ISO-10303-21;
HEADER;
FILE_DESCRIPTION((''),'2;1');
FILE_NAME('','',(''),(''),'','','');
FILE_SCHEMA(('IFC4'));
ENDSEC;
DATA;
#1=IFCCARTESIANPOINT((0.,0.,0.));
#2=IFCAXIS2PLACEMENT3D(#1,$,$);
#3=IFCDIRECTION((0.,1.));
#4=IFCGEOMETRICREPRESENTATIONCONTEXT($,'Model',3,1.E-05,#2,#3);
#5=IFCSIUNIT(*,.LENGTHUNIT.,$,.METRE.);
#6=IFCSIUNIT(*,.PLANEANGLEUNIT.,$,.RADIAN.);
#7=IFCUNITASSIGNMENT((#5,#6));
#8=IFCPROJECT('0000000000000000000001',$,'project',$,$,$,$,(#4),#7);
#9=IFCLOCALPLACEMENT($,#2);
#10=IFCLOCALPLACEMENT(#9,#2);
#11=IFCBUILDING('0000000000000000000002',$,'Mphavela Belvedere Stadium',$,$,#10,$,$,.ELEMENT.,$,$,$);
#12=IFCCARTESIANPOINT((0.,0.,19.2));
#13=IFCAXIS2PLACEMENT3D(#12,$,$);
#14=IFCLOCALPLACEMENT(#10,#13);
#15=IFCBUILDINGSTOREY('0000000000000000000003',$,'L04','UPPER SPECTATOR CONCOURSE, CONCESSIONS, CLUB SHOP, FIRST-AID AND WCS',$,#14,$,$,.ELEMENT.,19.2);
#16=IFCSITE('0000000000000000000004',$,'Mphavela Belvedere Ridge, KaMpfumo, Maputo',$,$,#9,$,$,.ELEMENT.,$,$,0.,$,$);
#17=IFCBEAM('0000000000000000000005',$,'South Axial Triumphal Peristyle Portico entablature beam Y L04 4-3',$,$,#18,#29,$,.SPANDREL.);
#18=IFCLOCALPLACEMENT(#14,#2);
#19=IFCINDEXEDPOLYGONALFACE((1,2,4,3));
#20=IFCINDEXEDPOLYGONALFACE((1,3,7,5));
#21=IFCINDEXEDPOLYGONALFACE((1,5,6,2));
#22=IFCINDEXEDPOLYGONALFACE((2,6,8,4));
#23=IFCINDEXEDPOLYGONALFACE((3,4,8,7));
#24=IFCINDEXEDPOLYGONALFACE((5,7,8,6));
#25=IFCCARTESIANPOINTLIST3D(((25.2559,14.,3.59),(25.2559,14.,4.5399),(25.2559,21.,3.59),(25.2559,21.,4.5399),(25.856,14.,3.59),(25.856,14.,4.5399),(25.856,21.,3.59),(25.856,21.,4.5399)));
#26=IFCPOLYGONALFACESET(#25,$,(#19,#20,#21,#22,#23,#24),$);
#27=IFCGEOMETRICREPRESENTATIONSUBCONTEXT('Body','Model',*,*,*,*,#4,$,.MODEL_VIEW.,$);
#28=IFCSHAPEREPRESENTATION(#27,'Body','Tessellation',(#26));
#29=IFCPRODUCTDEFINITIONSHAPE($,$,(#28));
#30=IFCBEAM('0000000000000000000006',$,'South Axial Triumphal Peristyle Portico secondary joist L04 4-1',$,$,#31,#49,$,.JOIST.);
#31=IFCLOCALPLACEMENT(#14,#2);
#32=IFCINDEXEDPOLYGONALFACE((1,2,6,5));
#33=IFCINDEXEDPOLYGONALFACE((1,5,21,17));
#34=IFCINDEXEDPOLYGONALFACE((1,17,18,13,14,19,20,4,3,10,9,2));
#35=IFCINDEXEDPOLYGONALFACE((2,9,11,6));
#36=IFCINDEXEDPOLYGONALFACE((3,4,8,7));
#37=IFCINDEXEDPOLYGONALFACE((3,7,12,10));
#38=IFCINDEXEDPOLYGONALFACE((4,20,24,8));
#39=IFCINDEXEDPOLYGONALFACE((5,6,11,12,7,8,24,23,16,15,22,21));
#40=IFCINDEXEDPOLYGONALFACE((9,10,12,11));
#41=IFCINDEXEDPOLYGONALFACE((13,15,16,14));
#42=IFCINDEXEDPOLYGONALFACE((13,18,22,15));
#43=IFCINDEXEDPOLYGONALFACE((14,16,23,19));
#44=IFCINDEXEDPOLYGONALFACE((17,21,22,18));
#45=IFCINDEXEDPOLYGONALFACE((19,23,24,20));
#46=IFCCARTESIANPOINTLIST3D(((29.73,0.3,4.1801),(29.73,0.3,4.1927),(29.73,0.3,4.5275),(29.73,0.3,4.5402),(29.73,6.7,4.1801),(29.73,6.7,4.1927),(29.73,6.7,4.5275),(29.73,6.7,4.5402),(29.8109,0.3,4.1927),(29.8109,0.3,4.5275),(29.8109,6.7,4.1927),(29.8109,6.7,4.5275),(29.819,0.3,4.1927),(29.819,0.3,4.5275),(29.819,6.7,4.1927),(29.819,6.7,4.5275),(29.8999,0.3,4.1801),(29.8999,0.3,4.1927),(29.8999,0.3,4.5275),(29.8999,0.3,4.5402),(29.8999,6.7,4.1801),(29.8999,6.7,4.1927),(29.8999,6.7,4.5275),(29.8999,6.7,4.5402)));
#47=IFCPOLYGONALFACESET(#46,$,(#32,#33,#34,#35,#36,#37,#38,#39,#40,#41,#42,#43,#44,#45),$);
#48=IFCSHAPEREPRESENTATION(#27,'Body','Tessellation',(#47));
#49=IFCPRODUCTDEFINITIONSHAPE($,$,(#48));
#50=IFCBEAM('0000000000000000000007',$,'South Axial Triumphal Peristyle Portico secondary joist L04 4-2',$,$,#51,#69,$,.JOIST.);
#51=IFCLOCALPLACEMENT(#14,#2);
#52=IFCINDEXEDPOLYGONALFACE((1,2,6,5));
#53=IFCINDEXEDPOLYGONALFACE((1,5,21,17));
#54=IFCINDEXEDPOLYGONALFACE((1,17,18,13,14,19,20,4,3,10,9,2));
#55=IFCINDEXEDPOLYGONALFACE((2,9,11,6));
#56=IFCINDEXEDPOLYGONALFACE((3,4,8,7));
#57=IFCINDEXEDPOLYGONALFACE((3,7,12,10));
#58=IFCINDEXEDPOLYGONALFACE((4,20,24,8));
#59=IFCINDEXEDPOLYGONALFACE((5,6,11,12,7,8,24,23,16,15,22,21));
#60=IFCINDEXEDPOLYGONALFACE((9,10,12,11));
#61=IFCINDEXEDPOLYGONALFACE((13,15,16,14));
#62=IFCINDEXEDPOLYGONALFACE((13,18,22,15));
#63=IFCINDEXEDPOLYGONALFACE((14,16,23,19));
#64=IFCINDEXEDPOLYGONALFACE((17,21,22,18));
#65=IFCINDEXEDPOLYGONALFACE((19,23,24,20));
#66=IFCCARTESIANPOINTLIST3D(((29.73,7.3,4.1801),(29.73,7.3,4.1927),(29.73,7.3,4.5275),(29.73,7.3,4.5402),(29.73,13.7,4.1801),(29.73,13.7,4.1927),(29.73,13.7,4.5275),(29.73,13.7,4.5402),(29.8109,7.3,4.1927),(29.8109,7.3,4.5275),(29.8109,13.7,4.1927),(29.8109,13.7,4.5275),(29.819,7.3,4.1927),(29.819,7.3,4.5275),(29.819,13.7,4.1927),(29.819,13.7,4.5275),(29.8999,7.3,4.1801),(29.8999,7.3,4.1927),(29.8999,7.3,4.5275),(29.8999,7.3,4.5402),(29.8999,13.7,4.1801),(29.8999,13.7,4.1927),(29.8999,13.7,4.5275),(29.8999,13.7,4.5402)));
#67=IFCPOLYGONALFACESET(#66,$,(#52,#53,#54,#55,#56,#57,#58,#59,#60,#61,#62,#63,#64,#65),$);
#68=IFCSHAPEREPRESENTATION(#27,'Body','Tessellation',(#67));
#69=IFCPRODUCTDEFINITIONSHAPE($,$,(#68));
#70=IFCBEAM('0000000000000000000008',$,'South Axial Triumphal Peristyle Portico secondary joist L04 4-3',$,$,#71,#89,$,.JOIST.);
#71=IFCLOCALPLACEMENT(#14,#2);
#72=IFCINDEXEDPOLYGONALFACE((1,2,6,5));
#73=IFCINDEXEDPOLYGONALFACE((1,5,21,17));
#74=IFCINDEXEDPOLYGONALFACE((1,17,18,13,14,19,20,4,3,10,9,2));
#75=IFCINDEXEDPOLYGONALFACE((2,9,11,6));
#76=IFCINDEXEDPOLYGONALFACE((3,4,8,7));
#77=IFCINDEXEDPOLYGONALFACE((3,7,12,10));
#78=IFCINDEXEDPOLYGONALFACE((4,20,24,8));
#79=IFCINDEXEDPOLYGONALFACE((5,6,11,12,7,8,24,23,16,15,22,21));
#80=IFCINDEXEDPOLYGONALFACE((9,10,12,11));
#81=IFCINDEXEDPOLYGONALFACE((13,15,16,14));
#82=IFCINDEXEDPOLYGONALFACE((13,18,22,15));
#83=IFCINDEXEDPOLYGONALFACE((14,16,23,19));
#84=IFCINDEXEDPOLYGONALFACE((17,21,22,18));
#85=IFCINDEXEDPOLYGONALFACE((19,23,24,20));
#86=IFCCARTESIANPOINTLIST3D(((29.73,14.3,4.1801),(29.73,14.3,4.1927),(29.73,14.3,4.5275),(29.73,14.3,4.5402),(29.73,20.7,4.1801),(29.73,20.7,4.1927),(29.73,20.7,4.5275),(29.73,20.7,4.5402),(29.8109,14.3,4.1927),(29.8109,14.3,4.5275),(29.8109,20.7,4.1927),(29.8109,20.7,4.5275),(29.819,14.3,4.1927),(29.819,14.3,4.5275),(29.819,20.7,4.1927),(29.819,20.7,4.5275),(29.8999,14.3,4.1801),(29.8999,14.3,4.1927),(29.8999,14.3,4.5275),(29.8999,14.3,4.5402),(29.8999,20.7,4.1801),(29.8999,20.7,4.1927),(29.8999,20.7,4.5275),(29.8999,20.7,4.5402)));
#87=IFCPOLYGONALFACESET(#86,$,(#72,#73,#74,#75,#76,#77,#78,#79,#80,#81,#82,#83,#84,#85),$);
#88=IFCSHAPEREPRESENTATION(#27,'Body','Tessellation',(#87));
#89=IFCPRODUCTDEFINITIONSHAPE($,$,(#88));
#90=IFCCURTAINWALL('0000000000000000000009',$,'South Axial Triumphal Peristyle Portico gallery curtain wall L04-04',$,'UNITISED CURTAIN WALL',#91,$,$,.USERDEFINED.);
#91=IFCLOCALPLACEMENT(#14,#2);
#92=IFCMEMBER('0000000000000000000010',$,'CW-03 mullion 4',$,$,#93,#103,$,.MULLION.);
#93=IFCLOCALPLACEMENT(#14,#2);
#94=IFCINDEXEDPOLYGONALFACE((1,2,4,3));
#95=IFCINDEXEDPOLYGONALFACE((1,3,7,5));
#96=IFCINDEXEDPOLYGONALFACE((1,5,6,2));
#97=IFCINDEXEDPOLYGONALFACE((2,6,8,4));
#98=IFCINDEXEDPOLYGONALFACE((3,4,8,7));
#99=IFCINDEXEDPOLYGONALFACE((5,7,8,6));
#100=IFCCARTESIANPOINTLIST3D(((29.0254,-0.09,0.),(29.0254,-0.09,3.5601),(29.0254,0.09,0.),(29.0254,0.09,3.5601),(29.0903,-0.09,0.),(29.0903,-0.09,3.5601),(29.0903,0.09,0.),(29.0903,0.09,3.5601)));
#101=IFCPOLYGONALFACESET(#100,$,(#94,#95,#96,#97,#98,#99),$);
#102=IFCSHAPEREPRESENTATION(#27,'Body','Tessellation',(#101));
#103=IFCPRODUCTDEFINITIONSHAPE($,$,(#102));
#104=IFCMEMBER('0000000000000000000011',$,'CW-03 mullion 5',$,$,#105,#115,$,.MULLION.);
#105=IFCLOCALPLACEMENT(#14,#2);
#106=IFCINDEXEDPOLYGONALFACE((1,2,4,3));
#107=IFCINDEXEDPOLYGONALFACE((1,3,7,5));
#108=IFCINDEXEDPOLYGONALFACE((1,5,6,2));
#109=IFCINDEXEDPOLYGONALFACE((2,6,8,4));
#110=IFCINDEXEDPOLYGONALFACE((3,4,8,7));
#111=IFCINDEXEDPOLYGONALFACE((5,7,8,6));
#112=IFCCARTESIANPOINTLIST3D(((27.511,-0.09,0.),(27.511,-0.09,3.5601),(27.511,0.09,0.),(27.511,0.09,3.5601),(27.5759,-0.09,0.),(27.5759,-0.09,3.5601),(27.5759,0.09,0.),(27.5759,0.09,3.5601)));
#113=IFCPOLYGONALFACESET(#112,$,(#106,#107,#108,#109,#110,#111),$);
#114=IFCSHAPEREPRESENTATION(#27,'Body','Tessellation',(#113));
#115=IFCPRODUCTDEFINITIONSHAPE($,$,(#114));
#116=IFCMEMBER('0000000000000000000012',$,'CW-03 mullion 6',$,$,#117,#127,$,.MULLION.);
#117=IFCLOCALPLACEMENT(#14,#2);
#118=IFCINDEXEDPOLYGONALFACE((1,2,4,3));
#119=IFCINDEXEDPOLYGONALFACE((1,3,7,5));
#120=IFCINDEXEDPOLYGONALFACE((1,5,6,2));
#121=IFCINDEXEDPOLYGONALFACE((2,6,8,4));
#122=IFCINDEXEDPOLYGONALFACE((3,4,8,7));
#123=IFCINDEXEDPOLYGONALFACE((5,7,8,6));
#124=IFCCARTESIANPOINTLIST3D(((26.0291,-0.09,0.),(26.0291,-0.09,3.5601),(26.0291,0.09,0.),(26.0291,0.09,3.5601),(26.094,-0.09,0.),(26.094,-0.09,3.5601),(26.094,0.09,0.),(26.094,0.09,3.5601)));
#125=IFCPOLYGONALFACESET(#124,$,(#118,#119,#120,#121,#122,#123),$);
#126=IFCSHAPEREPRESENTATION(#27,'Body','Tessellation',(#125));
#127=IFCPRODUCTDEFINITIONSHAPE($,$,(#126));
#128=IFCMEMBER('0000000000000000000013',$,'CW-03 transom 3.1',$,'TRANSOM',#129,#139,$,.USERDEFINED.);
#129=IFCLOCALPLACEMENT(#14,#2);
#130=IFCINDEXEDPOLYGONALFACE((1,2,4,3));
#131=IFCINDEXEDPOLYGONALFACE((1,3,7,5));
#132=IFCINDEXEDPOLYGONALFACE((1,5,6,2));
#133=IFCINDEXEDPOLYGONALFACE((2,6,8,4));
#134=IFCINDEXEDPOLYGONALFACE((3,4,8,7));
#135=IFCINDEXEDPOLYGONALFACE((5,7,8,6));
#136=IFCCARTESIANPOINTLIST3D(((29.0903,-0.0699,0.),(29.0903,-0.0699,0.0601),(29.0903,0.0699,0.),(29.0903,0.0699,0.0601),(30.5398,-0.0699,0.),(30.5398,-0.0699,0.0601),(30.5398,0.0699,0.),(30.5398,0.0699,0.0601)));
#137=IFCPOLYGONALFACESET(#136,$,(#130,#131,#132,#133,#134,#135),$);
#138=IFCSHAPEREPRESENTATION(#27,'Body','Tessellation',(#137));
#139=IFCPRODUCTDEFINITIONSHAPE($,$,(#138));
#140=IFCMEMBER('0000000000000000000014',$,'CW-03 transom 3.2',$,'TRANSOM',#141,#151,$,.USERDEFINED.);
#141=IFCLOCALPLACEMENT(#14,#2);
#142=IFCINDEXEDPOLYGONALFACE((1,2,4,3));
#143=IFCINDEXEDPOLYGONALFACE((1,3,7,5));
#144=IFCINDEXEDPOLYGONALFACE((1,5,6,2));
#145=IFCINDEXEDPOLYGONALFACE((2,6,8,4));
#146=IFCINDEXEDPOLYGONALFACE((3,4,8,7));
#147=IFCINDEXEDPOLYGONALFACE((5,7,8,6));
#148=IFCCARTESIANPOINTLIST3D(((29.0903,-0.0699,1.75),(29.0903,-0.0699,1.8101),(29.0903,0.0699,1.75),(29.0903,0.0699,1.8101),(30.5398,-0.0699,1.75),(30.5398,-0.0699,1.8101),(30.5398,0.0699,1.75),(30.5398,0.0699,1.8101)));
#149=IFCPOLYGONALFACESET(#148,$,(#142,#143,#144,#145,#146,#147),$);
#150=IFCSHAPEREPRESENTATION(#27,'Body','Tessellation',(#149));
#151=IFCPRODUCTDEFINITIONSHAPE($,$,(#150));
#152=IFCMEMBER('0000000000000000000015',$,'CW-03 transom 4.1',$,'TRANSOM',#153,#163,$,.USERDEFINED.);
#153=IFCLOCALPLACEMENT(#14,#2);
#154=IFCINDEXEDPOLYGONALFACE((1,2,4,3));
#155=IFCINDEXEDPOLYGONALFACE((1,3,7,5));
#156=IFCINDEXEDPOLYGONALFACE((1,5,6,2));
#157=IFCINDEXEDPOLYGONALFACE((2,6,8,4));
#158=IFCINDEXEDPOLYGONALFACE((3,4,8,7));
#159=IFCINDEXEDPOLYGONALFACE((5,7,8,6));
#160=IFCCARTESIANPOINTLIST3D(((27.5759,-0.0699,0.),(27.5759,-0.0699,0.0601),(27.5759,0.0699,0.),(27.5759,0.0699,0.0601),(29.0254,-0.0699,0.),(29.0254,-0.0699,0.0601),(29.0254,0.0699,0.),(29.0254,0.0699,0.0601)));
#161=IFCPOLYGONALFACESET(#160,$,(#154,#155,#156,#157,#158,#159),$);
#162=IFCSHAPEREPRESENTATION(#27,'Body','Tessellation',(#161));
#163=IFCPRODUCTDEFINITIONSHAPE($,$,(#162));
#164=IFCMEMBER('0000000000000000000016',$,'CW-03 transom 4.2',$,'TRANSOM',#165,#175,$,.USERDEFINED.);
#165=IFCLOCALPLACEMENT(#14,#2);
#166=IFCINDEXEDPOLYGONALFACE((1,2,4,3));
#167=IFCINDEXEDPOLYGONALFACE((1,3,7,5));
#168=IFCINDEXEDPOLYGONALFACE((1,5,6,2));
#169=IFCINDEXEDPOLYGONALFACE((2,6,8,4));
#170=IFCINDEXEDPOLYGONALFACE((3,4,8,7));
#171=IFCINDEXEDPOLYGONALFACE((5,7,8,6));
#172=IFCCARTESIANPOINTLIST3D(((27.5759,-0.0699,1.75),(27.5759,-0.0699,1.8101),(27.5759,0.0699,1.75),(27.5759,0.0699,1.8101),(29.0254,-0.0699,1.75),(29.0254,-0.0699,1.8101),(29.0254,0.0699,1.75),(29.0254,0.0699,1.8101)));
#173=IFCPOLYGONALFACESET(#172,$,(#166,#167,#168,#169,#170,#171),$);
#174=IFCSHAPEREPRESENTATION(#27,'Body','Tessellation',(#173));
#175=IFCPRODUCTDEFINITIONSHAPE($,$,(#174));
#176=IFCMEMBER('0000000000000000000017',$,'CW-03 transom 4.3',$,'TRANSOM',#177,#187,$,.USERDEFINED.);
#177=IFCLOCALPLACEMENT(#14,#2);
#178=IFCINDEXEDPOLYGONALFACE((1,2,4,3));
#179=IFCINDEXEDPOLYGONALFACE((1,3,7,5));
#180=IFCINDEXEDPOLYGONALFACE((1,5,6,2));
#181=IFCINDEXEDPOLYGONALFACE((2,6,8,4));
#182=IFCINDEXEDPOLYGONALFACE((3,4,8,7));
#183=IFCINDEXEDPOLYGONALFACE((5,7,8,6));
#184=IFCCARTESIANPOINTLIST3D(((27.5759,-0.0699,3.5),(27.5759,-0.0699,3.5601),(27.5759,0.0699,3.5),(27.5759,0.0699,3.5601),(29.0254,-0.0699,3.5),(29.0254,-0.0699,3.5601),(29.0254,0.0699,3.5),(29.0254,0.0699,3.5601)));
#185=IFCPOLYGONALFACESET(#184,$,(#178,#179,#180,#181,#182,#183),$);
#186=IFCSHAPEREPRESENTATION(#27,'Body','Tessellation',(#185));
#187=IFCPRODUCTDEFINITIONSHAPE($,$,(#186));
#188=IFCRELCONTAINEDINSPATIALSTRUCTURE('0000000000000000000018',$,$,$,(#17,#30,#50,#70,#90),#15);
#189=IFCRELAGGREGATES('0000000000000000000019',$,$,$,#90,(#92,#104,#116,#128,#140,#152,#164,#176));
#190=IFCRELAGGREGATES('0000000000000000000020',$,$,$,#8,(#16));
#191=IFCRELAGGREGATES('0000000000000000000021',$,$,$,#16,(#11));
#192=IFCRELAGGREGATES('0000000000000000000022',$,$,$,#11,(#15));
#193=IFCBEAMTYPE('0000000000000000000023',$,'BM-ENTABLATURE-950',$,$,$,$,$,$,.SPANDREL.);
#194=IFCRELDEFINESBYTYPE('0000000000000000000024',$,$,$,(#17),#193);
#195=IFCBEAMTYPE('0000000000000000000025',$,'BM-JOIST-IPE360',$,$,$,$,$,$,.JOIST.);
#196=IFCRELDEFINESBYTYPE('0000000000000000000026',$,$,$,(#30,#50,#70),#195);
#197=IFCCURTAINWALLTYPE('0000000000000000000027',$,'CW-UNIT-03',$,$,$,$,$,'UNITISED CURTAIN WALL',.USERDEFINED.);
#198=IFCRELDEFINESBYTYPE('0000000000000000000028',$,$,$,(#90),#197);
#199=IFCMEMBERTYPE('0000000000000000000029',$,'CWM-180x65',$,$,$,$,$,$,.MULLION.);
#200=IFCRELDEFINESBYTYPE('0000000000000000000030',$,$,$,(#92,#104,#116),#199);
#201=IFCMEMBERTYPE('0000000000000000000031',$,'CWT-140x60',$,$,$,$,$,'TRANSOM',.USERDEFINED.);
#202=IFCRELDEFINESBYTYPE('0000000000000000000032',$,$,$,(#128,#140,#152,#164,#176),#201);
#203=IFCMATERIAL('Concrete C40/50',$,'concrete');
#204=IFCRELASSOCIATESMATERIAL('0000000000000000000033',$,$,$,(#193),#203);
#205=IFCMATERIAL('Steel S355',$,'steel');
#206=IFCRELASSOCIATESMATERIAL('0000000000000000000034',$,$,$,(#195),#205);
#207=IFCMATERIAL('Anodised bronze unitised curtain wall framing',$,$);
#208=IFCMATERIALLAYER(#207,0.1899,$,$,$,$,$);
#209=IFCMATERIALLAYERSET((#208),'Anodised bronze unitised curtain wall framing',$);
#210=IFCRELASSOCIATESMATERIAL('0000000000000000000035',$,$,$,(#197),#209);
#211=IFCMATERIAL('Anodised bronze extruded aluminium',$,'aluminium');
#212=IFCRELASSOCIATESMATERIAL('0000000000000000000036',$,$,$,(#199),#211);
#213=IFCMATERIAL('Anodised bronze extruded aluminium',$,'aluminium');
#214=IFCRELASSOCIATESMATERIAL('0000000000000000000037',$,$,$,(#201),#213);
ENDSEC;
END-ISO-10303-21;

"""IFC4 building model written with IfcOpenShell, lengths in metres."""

from ifc_helpers import new_model, si_unit, direction, frame, origin, origin_2d, place, context, subcontext, project, spatial, rectangle, i_section, extrude, material, layer, layer_set, material_profile, profile_set, type_object, element, aggregate, save


model = new_model("IFC4")

# Units and contexts
model_context = context("Model", 3, precision=1e-05, world=origin(), true_north=direction((0.0, 1.0)))
body_context = subcontext(model_context, "Body", "Model", "MODEL_VIEW")
ifc_project = project(units=[si_unit("LENGTHUNIT", "METRE"), si_unit("PLANEANGLEUNIT", "RADIAN")], contexts=[model_context])

# Site, building, storey
site_placement = place(None, origin())
site = spatial("IfcSite", under=ifc_project, at=site_placement, Name="Mphavela Belvedere Ridge, KaMpfumo, Maputo", CompositionType="ELEMENT", RefElevation=0.0)
building_placement = place(site_placement, origin())
building = spatial("IfcBuilding", under=site, at=building_placement, Name="Mphavela Belvedere Stadium", CompositionType="ELEMENT")
storey_placement = place(building_placement, frame((0.0, 0.0, 19.2)))
storey = spatial("IfcBuildingStorey", under=building, at=storey_placement, Name="L04", Description="UPPER SPECTATOR CONCOURSE, CONCESSIONS, CLUB SHOP, FIRST-AID AND WCS", CompositionType="ELEMENT", Elevation=19.2)

# Beams
ifc_material_1 = material(Name="Concrete C40/50", Category="concrete")
ifc_material_profile_1 = material_profile(ifc_material_1, rectangle(XDim=0.6001, YDim=0.95, at=origin_2d()), Name="RC 600x950")
ifc_profile_set_1 = profile_set([ifc_material_profile_1], Name="Concrete C40/50")
beam_type_1 = type_object("IfcBeamType", Name="BM-ENTABLATURE-950", PredefinedType="SPANDREL", material=ifc_profile_set_1)
beam_1_placement = place(storey_placement, frame((25.5559, 14.0, 4.0649), z_axis=(0.0, 1.0, 0.0), x_axis=(-1.0, 0.0, 0.0)))
element("IfcBeam", 1, at=beam_1_placement, inside=storey, type_object=beam_type_1, Name="South Axial Triumphal Peristyle Portico entablature beam Y L04 4-3", PredefinedType="SPANDREL", context=body_context, shape_type="SweptSolid", body=[
    extrude(rectangle(XDim=0.6001, YDim=0.95, at=origin_2d()), origin(), (0.0, 0.0, 1.0), 7.0),
])
ifc_material_2 = material(Name="Steel S355", Category="steel")
ifc_material_profile_2 = material_profile(ifc_material_2, i_section(OverallWidth=0.1699, OverallDepth=0.3601, WebThickness=0.0081, FlangeThickness=0.0127, at=origin_2d()), Name="IPE 360")
ifc_profile_set_2 = profile_set([ifc_material_profile_2], Name="Steel S355")
beam_type_2 = type_object("IfcBeamType", Name="BM-JOIST-IPE360", PredefinedType="JOIST", material=ifc_profile_set_2)
for number, where, z_axis, x_axis, name in (
    (2, (29.8149, 0.3, 4.3601), (0.0, 1.0, 0.0), (-1.0, 0.0, 0.0), "South Axial Triumphal Peristyle Portico secondary joist L04 4-1"),
    (3, (29.8149, 7.3, 4.3601), (0.0, 1.0, 0.0), (-1.0, 0.0, 0.0), "South Axial Triumphal Peristyle Portico secondary joist L04 4-2"),
    (4, (29.8149, 14.3, 4.3601), (0.0, 1.0, 0.0), (-1.0, 0.0, 0.0), "South Axial Triumphal Peristyle Portico secondary joist L04 4-3"),
):
    element("IfcBeam", number, at=place(storey_placement, frame(where, z_axis=z_axis, x_axis=x_axis)), inside=storey, type_object=beam_type_2, Name=name, PredefinedType="JOIST", context=body_context, shape_type="SweptSolid", body=[
        extrude(i_section(OverallWidth=0.1699, OverallDepth=0.3601, WebThickness=0.0081, FlangeThickness=0.0127, at=origin_2d()), origin(), (0.0, 0.0, 1.0), 6.3999),
    ])

# Curtain wall, members
ifc_material_3 = material(Name="Anodised bronze unitised curtain wall framing")
ifc_layer_1 = layer(ifc_material_3, 0.1899)
ifc_layer_set_1 = layer_set([ifc_layer_1], Name="Anodised bronze unitised curtain wall framing")
curtain_wall_type = type_object("IfcCurtainWallType", Name="CW-UNIT-03", ElementType="UNITISED CURTAIN WALL", PredefinedType="USERDEFINED", material=ifc_layer_set_1)
curtain_wall_placement = place(storey_placement, origin())
curtain_wall = element("IfcCurtainWall", 5, at=curtain_wall_placement, inside=storey, type_object=curtain_wall_type, Name="South Axial Triumphal Peristyle Portico gallery curtain wall L04-04", ObjectType="UNITISED CURTAIN WALL", PredefinedType="USERDEFINED")
ifc_material_4 = material(Name="Anodised bronze extruded aluminium", Category="aluminium")
ifc_material_profile_3 = material_profile(ifc_material_4, rectangle(XDim=0.1799, YDim=0.0649, at=origin_2d()), Name="CW-MUL 180x65")
ifc_profile_set_3 = profile_set([ifc_material_profile_3], Name="Anodised bronze extruded aluminium")
member_type_1 = type_object("IfcMemberType", Name="CWM-180x65", PredefinedType="MULLION", material=ifc_profile_set_3)
member_1_placement = place(storey_placement, frame((29.0579, 0.0, 0.0), z_axis=(0.0, 0.0, 1.0), x_axis=(0.0, -1.0, 0.0)))
member_1 = element("IfcMember", 6, at=member_1_placement, type_object=member_type_1, Name="CW-03 mullion 4", PredefinedType="MULLION", context=body_context, shape_type="SweptSolid", body=[
    extrude(rectangle(XDim=0.1799, YDim=0.0649, at=origin_2d()), origin(), (0.0, 0.0, 1.0), 3.5601),
])
member_2_placement = place(storey_placement, frame((27.5435, 0.0, 0.0), z_axis=(0.0, 0.0, 1.0), x_axis=(0.0, -1.0, 0.0)))
member_2 = element("IfcMember", 7, at=member_2_placement, type_object=member_type_1, Name="CW-03 mullion 5", PredefinedType="MULLION", context=body_context, shape_type="SweptSolid", body=[
    extrude(rectangle(XDim=0.1799, YDim=0.0649, at=origin_2d()), origin(), (0.0, 0.0, 1.0), 3.5601),
])
member_3_placement = place(storey_placement, frame((26.0615, 0.0, 0.0), z_axis=(0.0, 0.0, 1.0), x_axis=(0.0, -1.0, 0.0)))
member_3 = element("IfcMember", 8, at=member_3_placement, type_object=member_type_1, Name="CW-03 mullion 6", PredefinedType="MULLION", context=body_context, shape_type="SweptSolid", body=[
    extrude(rectangle(XDim=0.1799, YDim=0.0649, at=origin_2d()), origin(), (0.0, 0.0, 1.0), 3.5601),
])
ifc_material_5 = material(Name="Anodised bronze extruded aluminium", Category="aluminium")
ifc_material_profile_4 = material_profile(ifc_material_5, rectangle(XDim=0.1399, YDim=0.0601, at=origin_2d()), Name="CW-TRN 140x60")
ifc_profile_set_4 = profile_set([ifc_material_profile_4], Name="Anodised bronze extruded aluminium")
member_type_2 = type_object("IfcMemberType", Name="CWT-140x60", ElementType="TRANSOM", PredefinedType="USERDEFINED", material=ifc_profile_set_4)
member_4_placement = place(storey_placement, frame((30.5398, 0.0, 0.03), z_axis=(-1.0, 0.0, 0.0), x_axis=(0.0, -1.0, 0.0)))
member_4 = element("IfcMember", 9, at=member_4_placement, type_object=member_type_2, Name="CW-03 transom 3.1", ObjectType="TRANSOM", PredefinedType="USERDEFINED", context=body_context, shape_type="SweptSolid", body=[
    extrude(rectangle(XDim=0.1399, YDim=0.0601, at=origin_2d()), origin(), (0.0, 0.0, 1.0), 1.4495),
])
member_5_placement = place(storey_placement, frame((30.5398, 0.0, 1.78), z_axis=(-1.0, 0.0, 0.0), x_axis=(0.0, -1.0, 0.0)))
member_5 = element("IfcMember", 10, at=member_5_placement, type_object=member_type_2, Name="CW-03 transom 3.2", ObjectType="TRANSOM", PredefinedType="USERDEFINED", context=body_context, shape_type="SweptSolid", body=[
    extrude(rectangle(XDim=0.1399, YDim=0.0601, at=origin_2d()), origin(), (0.0, 0.0, 1.0), 1.4495),
])
member_6_placement = place(storey_placement, frame((29.0254, 0.0, 0.03), z_axis=(-1.0, 0.0, 0.0), x_axis=(0.0, -1.0, 0.0)))
member_6 = element("IfcMember", 11, at=member_6_placement, type_object=member_type_2, Name="CW-03 transom 4.1", ObjectType="TRANSOM", PredefinedType="USERDEFINED", context=body_context, shape_type="SweptSolid", body=[
    extrude(rectangle(XDim=0.1399, YDim=0.0601, at=origin_2d()), origin(), (0.0, 0.0, 1.0), 1.4495),
])
member_7_placement = place(storey_placement, frame((29.0254, 0.0, 1.78), z_axis=(-1.0, 0.0, 0.0), x_axis=(0.0, -1.0, 0.0)))
member_7 = element("IfcMember", 12, at=member_7_placement, type_object=member_type_2, Name="CW-03 transom 4.2", ObjectType="TRANSOM", PredefinedType="USERDEFINED", context=body_context, shape_type="SweptSolid", body=[
    extrude(rectangle(XDim=0.1399, YDim=0.0601, at=origin_2d()), origin(), (0.0, 0.0, 1.0), 1.4495),
])
member_8_placement = place(storey_placement, frame((29.0254, 0.0, 3.53), z_axis=(-1.0, 0.0, 0.0), x_axis=(0.0, -1.0, 0.0)))
member_8 = element("IfcMember", 13, at=member_8_placement, type_object=member_type_2, Name="CW-03 transom 4.3", ObjectType="TRANSOM", PredefinedType="USERDEFINED", context=body_context, shape_type="SweptSolid", body=[
    extrude(rectangle(XDim=0.1399, YDim=0.0601, at=origin_2d()), origin(), (0.0, 0.0, 1.0), 1.4495),
])
aggregate(curtain_wall, [member_1, member_2, member_3, member_4, member_5, member_6, member_7, member_8])

save(model, "model.ifc")
